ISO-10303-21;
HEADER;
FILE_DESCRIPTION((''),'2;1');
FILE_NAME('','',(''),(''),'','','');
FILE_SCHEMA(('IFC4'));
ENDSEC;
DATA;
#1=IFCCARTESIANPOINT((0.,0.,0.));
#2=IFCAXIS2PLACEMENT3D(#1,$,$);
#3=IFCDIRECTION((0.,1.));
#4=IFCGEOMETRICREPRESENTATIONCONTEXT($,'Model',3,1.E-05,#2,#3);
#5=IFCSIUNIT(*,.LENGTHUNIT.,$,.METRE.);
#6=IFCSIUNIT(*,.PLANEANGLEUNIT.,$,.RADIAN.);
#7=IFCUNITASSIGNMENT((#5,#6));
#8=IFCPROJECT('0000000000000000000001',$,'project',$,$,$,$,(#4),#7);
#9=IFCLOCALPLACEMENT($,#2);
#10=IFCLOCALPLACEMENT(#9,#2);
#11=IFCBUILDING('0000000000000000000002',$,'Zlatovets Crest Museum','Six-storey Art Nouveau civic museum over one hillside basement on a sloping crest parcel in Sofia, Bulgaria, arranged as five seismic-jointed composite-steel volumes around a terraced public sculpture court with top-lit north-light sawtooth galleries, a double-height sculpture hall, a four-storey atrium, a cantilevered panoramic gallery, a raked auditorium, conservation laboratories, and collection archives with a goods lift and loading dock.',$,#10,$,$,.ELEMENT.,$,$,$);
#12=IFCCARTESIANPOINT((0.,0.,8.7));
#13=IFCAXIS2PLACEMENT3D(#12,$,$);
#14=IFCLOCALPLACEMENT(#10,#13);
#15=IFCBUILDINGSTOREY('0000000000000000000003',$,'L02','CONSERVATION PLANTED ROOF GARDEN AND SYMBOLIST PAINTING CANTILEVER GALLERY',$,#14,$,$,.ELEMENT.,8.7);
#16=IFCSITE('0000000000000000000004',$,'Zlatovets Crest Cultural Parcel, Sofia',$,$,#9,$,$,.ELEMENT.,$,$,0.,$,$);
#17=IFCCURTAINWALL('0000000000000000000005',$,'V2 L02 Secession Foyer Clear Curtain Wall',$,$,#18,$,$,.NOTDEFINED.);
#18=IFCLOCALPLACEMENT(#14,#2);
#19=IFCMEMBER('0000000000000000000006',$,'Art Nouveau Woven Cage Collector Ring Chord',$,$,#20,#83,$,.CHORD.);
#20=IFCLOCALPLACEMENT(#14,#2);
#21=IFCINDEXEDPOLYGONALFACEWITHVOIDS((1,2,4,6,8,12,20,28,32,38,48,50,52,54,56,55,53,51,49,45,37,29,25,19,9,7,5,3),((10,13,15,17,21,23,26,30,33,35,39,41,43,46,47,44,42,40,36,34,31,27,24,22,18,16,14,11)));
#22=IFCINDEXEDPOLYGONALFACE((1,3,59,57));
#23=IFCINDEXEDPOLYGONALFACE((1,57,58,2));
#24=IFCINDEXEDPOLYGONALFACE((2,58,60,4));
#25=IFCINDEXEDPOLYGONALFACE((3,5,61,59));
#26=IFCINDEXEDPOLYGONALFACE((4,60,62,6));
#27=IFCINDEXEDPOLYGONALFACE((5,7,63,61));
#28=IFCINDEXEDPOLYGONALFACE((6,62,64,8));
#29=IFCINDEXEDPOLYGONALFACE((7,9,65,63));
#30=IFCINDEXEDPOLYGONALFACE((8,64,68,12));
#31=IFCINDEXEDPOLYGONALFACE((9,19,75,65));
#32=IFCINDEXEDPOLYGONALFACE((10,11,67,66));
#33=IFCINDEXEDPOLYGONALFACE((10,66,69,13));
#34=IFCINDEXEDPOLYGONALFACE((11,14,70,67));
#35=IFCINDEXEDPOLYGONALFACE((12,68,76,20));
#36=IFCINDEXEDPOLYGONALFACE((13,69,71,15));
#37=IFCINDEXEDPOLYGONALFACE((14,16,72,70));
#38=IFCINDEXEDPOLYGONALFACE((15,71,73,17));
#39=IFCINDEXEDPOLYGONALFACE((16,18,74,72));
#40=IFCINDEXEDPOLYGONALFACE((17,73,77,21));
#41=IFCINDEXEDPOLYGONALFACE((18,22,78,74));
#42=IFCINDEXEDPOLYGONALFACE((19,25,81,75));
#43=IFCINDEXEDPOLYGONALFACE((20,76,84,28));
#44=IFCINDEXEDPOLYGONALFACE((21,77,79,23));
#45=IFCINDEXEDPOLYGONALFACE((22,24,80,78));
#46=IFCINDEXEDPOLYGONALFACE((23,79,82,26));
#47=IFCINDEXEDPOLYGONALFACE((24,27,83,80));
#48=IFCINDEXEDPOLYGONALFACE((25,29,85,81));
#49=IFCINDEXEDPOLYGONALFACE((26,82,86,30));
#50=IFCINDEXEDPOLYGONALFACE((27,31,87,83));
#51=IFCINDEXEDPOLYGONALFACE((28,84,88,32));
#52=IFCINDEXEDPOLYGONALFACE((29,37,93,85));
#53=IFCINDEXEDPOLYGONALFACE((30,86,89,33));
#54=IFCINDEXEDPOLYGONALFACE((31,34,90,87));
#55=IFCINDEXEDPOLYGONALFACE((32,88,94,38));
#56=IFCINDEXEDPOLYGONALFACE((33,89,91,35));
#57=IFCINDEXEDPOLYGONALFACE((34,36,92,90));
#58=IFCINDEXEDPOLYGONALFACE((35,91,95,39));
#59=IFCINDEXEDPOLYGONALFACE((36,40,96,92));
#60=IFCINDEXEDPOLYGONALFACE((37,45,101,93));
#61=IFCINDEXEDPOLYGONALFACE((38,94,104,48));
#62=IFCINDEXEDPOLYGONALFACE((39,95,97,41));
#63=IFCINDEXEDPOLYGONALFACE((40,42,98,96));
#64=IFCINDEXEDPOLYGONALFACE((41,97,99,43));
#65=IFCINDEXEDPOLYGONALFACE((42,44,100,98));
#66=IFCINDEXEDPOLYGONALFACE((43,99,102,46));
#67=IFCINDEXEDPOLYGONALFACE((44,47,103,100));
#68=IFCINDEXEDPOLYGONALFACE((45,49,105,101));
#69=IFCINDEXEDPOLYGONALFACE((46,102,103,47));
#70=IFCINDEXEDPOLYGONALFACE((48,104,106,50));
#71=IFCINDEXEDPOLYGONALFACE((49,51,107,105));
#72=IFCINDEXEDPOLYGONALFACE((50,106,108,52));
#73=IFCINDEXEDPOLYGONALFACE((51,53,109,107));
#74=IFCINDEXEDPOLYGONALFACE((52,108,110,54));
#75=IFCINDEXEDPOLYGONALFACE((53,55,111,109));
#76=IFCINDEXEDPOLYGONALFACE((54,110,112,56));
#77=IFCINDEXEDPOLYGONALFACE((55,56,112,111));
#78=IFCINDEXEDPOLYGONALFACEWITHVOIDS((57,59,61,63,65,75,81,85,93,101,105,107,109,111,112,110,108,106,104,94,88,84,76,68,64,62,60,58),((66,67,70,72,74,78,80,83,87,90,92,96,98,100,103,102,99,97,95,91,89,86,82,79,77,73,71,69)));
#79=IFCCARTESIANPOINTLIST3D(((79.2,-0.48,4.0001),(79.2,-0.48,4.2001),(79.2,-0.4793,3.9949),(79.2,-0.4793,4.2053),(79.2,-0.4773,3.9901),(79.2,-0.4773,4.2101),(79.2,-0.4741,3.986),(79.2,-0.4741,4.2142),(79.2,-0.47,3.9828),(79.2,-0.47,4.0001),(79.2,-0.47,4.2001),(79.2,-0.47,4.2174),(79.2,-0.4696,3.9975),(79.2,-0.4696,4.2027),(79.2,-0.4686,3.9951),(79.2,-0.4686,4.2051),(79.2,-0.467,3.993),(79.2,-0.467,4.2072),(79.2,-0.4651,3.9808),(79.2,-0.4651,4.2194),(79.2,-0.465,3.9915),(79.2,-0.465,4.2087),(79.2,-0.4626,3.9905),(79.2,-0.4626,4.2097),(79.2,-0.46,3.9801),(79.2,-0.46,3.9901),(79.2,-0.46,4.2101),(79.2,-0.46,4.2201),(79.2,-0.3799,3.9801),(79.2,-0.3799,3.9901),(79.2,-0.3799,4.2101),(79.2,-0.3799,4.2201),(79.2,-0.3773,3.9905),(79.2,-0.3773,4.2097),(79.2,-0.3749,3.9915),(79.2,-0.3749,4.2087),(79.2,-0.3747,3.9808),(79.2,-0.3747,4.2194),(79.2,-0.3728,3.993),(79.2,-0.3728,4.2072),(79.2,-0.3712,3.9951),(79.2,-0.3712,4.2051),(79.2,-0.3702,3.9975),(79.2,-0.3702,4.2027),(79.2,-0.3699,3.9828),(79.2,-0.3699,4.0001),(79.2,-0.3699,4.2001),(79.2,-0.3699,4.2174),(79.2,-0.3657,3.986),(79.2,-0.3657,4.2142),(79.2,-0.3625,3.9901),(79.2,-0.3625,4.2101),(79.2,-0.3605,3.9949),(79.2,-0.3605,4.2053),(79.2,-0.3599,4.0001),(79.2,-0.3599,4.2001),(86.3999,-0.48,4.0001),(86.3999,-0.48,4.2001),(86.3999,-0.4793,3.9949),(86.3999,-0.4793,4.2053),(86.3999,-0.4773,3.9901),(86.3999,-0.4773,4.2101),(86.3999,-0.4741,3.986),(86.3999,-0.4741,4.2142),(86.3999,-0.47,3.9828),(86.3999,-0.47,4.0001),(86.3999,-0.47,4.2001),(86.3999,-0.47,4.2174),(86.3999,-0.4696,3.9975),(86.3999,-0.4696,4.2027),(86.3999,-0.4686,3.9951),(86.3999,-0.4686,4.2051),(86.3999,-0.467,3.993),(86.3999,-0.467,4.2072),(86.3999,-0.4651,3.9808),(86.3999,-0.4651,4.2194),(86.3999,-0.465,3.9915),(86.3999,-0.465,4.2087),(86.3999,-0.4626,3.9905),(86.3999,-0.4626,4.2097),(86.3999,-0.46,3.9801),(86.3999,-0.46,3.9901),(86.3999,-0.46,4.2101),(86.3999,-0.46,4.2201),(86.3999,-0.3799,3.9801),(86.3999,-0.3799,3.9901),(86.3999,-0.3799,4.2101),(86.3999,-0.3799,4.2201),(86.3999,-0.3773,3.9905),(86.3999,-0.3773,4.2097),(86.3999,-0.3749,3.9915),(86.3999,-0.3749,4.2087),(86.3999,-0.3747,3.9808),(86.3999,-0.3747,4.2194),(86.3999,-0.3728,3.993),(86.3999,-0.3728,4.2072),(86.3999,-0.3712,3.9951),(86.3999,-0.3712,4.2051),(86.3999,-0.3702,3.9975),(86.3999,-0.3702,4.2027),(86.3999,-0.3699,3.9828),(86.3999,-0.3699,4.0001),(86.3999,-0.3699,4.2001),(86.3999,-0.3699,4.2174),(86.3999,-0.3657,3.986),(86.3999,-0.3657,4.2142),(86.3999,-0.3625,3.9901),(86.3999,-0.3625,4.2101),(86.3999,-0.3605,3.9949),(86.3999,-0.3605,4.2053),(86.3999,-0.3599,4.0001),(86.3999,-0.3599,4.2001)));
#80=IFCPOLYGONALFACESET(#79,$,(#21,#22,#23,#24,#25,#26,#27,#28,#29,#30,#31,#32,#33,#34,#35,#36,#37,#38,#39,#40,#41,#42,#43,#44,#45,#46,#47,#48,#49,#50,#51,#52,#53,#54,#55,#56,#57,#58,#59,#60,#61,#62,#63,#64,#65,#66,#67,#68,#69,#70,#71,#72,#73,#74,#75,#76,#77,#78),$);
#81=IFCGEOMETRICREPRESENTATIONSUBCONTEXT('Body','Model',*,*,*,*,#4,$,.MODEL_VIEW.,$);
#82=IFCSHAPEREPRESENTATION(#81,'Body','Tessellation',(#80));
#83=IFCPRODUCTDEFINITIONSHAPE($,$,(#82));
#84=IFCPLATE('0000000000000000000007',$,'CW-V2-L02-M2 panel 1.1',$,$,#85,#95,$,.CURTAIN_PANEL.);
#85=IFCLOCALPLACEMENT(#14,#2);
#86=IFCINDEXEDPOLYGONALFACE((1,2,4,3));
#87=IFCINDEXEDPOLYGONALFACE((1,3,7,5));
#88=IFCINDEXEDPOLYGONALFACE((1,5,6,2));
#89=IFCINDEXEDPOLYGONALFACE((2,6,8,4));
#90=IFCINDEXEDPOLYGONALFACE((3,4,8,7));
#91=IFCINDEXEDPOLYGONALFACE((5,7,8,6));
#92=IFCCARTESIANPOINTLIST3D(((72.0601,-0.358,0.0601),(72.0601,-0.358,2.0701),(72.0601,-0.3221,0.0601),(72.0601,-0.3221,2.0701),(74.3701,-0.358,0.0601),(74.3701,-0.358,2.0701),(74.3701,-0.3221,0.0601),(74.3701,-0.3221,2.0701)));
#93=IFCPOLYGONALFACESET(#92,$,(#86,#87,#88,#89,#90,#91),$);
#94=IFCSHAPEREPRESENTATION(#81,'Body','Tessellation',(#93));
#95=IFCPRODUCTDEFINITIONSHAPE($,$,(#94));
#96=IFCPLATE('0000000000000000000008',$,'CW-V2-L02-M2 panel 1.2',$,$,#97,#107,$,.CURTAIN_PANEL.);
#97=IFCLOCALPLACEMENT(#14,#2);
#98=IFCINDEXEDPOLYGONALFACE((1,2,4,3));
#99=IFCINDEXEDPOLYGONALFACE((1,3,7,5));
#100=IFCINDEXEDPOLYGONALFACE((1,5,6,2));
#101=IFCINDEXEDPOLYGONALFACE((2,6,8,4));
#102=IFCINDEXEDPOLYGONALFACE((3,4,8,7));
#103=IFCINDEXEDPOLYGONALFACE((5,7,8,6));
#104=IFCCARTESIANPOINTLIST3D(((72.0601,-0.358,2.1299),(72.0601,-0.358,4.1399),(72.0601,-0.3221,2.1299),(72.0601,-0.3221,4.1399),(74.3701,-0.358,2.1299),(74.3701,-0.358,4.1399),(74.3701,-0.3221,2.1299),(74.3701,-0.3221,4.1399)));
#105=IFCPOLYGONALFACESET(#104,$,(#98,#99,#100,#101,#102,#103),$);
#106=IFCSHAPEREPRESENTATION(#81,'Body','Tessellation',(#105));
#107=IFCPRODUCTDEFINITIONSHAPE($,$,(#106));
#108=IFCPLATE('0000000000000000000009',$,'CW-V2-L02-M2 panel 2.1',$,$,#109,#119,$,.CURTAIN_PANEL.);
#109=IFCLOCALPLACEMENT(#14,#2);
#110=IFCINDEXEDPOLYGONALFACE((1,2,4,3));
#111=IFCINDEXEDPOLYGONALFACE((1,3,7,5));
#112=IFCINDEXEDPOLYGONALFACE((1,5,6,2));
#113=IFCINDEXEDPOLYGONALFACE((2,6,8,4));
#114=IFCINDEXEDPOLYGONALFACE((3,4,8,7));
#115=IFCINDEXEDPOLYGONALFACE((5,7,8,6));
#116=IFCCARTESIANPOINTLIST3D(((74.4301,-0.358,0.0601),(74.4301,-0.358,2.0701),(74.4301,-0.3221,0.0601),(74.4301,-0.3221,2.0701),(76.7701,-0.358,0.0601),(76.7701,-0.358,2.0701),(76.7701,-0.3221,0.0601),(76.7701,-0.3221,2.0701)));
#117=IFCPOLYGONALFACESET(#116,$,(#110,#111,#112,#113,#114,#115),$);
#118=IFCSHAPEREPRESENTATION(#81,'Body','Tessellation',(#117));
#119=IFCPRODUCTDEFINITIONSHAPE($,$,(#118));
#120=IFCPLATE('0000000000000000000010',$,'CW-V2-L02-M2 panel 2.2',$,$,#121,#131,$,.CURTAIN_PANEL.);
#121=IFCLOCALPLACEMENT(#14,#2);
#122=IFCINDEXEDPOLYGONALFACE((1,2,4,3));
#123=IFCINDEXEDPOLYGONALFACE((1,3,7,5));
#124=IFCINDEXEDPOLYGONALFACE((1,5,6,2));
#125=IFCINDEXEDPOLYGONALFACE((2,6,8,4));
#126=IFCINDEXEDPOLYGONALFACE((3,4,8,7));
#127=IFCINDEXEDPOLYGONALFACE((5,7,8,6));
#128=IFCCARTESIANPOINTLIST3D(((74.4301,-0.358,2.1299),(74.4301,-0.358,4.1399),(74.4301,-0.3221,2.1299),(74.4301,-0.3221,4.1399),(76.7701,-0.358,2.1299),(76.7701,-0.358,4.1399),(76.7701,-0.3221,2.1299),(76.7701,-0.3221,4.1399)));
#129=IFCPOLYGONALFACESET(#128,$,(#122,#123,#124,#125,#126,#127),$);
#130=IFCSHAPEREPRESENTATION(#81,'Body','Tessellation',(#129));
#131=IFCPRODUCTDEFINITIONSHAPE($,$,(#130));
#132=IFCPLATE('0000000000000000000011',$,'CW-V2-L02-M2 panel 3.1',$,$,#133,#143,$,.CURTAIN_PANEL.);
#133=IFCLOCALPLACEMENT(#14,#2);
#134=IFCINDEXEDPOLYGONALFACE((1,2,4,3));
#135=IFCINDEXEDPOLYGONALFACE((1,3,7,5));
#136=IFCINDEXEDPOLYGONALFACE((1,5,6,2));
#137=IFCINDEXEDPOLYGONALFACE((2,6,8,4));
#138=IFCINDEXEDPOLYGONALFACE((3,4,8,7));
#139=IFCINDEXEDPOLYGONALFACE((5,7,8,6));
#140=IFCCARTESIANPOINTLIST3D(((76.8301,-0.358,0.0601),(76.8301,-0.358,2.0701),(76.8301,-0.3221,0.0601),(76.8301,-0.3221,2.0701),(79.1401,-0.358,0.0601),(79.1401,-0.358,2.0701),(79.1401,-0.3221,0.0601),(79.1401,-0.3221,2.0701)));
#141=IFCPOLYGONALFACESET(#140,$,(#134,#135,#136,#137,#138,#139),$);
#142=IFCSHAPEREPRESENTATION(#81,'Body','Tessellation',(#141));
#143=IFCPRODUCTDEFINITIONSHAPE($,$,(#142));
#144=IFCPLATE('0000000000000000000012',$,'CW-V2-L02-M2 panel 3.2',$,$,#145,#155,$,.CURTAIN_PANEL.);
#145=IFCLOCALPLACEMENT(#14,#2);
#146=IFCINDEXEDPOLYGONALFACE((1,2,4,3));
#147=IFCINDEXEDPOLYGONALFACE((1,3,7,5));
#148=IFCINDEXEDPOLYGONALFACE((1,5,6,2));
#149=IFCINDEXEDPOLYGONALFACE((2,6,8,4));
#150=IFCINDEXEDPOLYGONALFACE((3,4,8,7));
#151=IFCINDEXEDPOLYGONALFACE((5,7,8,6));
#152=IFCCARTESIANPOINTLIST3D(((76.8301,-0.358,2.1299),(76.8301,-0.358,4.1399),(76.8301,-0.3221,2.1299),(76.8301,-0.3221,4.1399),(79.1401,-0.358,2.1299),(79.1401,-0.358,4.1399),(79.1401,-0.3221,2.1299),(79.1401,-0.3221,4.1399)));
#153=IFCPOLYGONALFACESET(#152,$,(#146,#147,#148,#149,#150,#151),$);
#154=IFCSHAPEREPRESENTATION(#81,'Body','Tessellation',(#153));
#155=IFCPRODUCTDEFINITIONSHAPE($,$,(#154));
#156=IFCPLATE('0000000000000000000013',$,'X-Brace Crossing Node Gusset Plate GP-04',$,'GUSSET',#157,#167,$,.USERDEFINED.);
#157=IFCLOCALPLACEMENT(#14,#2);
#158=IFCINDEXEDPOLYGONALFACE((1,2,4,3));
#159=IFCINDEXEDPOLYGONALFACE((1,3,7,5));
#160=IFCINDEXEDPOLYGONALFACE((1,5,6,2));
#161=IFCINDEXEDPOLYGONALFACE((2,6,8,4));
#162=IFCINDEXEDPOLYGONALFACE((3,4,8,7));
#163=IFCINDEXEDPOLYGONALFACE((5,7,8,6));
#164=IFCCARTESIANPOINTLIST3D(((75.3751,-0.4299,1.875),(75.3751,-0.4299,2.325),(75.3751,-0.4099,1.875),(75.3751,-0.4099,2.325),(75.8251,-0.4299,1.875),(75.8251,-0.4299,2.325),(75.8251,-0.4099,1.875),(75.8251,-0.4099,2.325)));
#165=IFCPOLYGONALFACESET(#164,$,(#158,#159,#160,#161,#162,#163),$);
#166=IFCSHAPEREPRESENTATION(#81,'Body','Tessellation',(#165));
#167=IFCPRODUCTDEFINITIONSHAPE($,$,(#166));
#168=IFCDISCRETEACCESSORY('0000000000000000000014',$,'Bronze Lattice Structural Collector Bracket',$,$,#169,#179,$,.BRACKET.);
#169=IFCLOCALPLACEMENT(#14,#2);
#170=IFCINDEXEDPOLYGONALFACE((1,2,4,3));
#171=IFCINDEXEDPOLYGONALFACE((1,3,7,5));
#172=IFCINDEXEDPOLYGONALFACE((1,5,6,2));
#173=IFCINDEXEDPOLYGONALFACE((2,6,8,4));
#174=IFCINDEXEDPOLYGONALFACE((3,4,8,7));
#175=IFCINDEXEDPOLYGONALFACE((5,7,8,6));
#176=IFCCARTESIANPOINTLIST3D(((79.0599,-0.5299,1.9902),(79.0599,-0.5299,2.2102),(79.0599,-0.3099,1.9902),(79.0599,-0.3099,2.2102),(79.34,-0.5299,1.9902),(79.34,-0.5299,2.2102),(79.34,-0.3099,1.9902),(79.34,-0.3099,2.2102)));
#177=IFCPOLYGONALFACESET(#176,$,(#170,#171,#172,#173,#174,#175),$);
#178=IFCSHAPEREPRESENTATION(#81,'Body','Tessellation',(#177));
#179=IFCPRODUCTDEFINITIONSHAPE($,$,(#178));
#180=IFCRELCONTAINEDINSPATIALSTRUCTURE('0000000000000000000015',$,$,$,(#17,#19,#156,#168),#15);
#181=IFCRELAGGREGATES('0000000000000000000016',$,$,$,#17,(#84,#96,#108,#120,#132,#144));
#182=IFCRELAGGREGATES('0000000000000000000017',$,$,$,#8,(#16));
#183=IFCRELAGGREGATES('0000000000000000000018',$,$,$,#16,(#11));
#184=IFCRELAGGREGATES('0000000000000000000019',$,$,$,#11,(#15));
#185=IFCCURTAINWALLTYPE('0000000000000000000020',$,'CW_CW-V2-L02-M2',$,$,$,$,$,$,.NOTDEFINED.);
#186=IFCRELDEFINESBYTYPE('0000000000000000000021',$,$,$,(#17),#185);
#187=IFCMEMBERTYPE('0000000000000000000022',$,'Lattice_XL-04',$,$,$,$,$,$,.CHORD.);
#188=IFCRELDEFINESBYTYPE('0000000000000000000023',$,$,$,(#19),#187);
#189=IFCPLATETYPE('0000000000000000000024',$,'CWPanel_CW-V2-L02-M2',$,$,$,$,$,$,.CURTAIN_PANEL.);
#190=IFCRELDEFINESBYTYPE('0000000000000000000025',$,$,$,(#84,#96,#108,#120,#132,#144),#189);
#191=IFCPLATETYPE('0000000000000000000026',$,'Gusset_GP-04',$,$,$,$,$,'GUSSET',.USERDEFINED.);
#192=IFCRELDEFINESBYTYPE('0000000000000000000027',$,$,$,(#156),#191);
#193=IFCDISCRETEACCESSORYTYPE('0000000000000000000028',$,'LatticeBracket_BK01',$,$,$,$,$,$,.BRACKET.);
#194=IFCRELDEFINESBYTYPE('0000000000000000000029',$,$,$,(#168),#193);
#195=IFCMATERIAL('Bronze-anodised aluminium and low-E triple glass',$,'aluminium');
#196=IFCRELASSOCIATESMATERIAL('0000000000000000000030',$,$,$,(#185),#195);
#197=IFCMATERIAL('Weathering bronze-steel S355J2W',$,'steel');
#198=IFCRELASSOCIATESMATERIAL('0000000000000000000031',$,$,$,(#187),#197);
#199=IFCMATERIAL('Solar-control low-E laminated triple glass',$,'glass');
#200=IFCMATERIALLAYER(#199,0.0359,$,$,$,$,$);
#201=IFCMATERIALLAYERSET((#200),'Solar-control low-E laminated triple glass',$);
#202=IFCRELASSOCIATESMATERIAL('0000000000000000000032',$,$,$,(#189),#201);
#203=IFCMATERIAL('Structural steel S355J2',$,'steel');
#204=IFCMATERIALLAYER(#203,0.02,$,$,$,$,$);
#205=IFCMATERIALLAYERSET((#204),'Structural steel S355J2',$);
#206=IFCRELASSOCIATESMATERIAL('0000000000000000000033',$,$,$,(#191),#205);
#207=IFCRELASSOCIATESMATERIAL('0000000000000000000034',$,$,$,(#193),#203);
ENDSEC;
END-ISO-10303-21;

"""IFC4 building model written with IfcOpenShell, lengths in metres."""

from ifc_helpers import new_model, si_unit, direction, frame, origin, origin_2d, place, context, subcontext, project, spatial, rectangle, hollow_rectangle, extrude, material, layer, layer_set, material_profile, profile_set, type_object, element, aggregate, save


model = new_model("IFC4")

# Units and contexts
model_context = context("Model", 3, precision=1e-05, world=origin(), true_north=direction((0.0, 1.0)))
body_context = subcontext(model_context, "Body", "Model", "MODEL_VIEW")
ifc_project = project(units=[si_unit("LENGTHUNIT", "METRE"), si_unit("PLANEANGLEUNIT", "RADIAN")], contexts=[model_context])

# Site, building, storey
site_placement = place(None, origin())
site = spatial("IfcSite", under=ifc_project, at=site_placement, Name="Zlatovets Crest Cultural Parcel, Sofia", CompositionType="ELEMENT", RefElevation=0.0)
building_placement = place(site_placement, origin())
building = spatial("IfcBuilding", under=site, at=building_placement, Name="Zlatovets Crest Museum", Description="Six-storey Art Nouveau civic museum over one hillside basement on a sloping crest parcel in Sofia, Bulgaria, arranged as five seismic-jointed composite-steel volumes around a terraced public sculpture court with top-lit north-light sawtooth galleries, a double-height sculpture hall, a four-storey atrium, a cantilevered panoramic gallery, a raked auditorium, conservation laboratories, and collection archives with a goods lift and loading dock.", CompositionType="ELEMENT")
storey_placement = place(building_placement, frame((0.0, 0.0, 8.7)))
storey = spatial("IfcBuildingStorey", under=building, at=storey_placement, Name="L02", Description="CONSERVATION PLANTED ROOF GARDEN AND SYMBOLIST PAINTING CANTILEVER GALLERY", CompositionType="ELEMENT", Elevation=8.7)

# Shared definitions
ifc_material_1 = material(Name="Structural steel S355J2", Category="steel")

# Curtain wall
ifc_material_2 = material(Name="Bronze-anodised aluminium and low-E triple glass", Category="aluminium")
curtain_wall_type = type_object("IfcCurtainWallType", Name="CW_CW-V2-L02-M2", PredefinedType="NOTDEFINED", material=ifc_material_2)
curtain_wall_placement = place(storey_placement, origin())
curtain_wall = element("IfcCurtainWall", 1, at=curtain_wall_placement, inside=storey, type_object=curtain_wall_type, Name="V2 L02 Secession Foyer Clear Curtain Wall", PredefinedType="NOTDEFINED")

# Member
ifc_material_3 = material(Name="Weathering bronze-steel S355J2W", Category="steel")
ifc_material_profile_1 = material_profile(ifc_material_3, hollow_rectangle(XDim=0.1201, YDim=0.24, WallThickness=0.01, InnerFilletRadius=0.01, OuterFilletRadius=0.02, at=origin_2d()), Name="RHS 120x240x10.0")
ifc_profile_set_1 = profile_set([ifc_material_profile_1], Name="Weathering bronze-steel S355J2W")
member_type_1 = type_object("IfcMemberType", Name="Lattice_XL-04", PredefinedType="CHORD", material=ifc_profile_set_1)
member_1_placement = place(storey_placement, frame((79.2, -0.4199, 4.1001), z_axis=(1.0, 0.0, 0.0), x_axis=(0.0, 1.0, 0.0)))
element("IfcMember", 2, at=member_1_placement, inside=storey, type_object=member_type_1, Name="Art Nouveau Woven Cage Collector Ring Chord", PredefinedType="CHORD", context=body_context, shape_type="SweptSolid", body=[
    extrude(hollow_rectangle(XDim=0.1201, YDim=0.24, WallThickness=0.01, InnerFilletRadius=0.01, OuterFilletRadius=0.02, at=origin_2d()), origin(), (0.0, 0.0, 1.0), 7.2),
])

# Plates
ifc_material_4 = material(Name="Solar-control low-E laminated triple glass", Category="glass")
ifc_layer_1 = layer(ifc_material_4, 0.0359)
ifc_layer_set_1 = layer_set([ifc_layer_1], Name="Solar-control low-E laminated triple glass")
plate_type_1 = type_object("IfcPlateType", Name="CWPanel_CW-V2-L02-M2", PredefinedType="CURTAIN_PANEL", material=ifc_layer_set_1)
plate_1_placement = place(storey_placement, frame((73.2151, -0.3401, 0.0601), z_axis=(0.0, 0.0, 1.0), x_axis=(1.0, 0.0, 0.0)))
plate_1 = element("IfcPlate", 3, at=plate_1_placement, type_object=plate_type_1, Name="CW-V2-L02-M2 panel 1.1", PredefinedType="CURTAIN_PANEL", context=body_context, shape_type="SweptSolid", body=[
    extrude(rectangle(XDim=2.3101, YDim=0.0359, at=origin_2d()), origin(), (0.0, 0.0, 1.0), 2.01),
])
plate_2_placement = place(storey_placement, frame((73.2151, -0.3401, 2.1299), z_axis=(0.0, 0.0, 1.0), x_axis=(1.0, 0.0, 0.0)))
plate_2 = element("IfcPlate", 4, at=plate_2_placement, type_object=plate_type_1, Name="CW-V2-L02-M2 panel 1.2", PredefinedType="CURTAIN_PANEL", context=body_context, shape_type="SweptSolid", body=[
    extrude(rectangle(XDim=2.3101, YDim=0.0359, at=origin_2d()), origin(), (0.0, 0.0, 1.0), 2.01),
])
plate_3_placement = place(storey_placement, frame((75.6001, -0.3401, 0.0601), z_axis=(0.0, 0.0, 1.0), x_axis=(1.0, 0.0, 0.0)))
plate_3 = element("IfcPlate", 5, at=plate_3_placement, type_object=plate_type_1, Name="CW-V2-L02-M2 panel 2.1", PredefinedType="CURTAIN_PANEL", context=body_context, shape_type="SweptSolid", body=[
    extrude(rectangle(XDim=2.3401, YDim=0.0359, at=origin_2d()), origin(), (0.0, 0.0, 1.0), 2.01),
])
plate_4_placement = place(storey_placement, frame((75.6001, -0.3401, 2.1299), z_axis=(0.0, 0.0, 1.0), x_axis=(1.0, 0.0, 0.0)))
plate_4 = element("IfcPlate", 6, at=plate_4_placement, type_object=plate_type_1, Name="CW-V2-L02-M2 panel 2.2", PredefinedType="CURTAIN_PANEL", context=body_context, shape_type="SweptSolid", body=[
    extrude(rectangle(XDim=2.3401, YDim=0.0359, at=origin_2d()), origin(), (0.0, 0.0, 1.0), 2.01),
])
plate_5_placement = place(storey_placement, frame((77.9851, -0.3401, 0.0601), z_axis=(0.0, 0.0, 1.0), x_axis=(1.0, 0.0, 0.0)))
plate_5 = element("IfcPlate", 7, at=plate_5_placement, type_object=plate_type_1, Name="CW-V2-L02-M2 panel 3.1", PredefinedType="CURTAIN_PANEL", context=body_context, shape_type="SweptSolid", body=[
    extrude(rectangle(XDim=2.3101, YDim=0.0359, at=origin_2d()), origin(), (0.0, 0.0, 1.0), 2.01),
])
plate_6_placement = place(storey_placement, frame((77.9851, -0.3401, 2.1299), z_axis=(0.0, 0.0, 1.0), x_axis=(1.0, 0.0, 0.0)))
plate_6 = element("IfcPlate", 8, at=plate_6_placement, type_object=plate_type_1, Name="CW-V2-L02-M2 panel 3.2", PredefinedType="CURTAIN_PANEL", context=body_context, shape_type="SweptSolid", body=[
    extrude(rectangle(XDim=2.3101, YDim=0.0359, at=origin_2d()), origin(), (0.0, 0.0, 1.0), 2.01),
])
aggregate(curtain_wall, [plate_1, plate_2, plate_3, plate_4, plate_5, plate_6])
ifc_layer_2 = layer(ifc_material_1, 0.02)
ifc_layer_set_2 = layer_set([ifc_layer_2], Name="Structural steel S355J2")
plate_type_2 = type_object("IfcPlateType", Name="Gusset_GP-04", ElementType="GUSSET", PredefinedType="USERDEFINED", material=ifc_layer_set_2)
plate_7_placement = place(storey_placement, frame((75.6001, -0.4199, 1.875), z_axis=(0.0, 0.0, 1.0), x_axis=(1.0, 0.0, 0.0)))
element("IfcPlate", 9, at=plate_7_placement, inside=storey, type_object=plate_type_2, Name="X-Brace Crossing Node Gusset Plate GP-04", ObjectType="GUSSET", PredefinedType="USERDEFINED", context=body_context, shape_type="SweptSolid", body=[
    extrude(rectangle(XDim=0.45, YDim=0.02, at=origin_2d()), origin(), (0.0, 0.0, 1.0), 0.45),
])

# Discrete accessory
discrete_accessory_type = type_object("IfcDiscreteAccessoryType", Name="LatticeBracket_BK01", PredefinedType="BRACKET", material=ifc_material_1)
discrete_accessory_placement = place(storey_placement, frame((79.2, -0.4199, 1.9902), z_axis=(0.0, 0.0, 1.0), x_axis=(1.0, 0.0, 0.0)))
element("IfcDiscreteAccessory", 10, at=discrete_accessory_placement, inside=storey, type_object=discrete_accessory_type, Name="Bronze Lattice Structural Collector Bracket", PredefinedType="BRACKET", context=body_context, shape_type="SweptSolid", body=[
    extrude(rectangle(XDim=0.28, YDim=0.22, at=origin_2d()), origin(), (0.0, 0.0, 1.0), 0.22),
])

save(model, "model.ifc")
